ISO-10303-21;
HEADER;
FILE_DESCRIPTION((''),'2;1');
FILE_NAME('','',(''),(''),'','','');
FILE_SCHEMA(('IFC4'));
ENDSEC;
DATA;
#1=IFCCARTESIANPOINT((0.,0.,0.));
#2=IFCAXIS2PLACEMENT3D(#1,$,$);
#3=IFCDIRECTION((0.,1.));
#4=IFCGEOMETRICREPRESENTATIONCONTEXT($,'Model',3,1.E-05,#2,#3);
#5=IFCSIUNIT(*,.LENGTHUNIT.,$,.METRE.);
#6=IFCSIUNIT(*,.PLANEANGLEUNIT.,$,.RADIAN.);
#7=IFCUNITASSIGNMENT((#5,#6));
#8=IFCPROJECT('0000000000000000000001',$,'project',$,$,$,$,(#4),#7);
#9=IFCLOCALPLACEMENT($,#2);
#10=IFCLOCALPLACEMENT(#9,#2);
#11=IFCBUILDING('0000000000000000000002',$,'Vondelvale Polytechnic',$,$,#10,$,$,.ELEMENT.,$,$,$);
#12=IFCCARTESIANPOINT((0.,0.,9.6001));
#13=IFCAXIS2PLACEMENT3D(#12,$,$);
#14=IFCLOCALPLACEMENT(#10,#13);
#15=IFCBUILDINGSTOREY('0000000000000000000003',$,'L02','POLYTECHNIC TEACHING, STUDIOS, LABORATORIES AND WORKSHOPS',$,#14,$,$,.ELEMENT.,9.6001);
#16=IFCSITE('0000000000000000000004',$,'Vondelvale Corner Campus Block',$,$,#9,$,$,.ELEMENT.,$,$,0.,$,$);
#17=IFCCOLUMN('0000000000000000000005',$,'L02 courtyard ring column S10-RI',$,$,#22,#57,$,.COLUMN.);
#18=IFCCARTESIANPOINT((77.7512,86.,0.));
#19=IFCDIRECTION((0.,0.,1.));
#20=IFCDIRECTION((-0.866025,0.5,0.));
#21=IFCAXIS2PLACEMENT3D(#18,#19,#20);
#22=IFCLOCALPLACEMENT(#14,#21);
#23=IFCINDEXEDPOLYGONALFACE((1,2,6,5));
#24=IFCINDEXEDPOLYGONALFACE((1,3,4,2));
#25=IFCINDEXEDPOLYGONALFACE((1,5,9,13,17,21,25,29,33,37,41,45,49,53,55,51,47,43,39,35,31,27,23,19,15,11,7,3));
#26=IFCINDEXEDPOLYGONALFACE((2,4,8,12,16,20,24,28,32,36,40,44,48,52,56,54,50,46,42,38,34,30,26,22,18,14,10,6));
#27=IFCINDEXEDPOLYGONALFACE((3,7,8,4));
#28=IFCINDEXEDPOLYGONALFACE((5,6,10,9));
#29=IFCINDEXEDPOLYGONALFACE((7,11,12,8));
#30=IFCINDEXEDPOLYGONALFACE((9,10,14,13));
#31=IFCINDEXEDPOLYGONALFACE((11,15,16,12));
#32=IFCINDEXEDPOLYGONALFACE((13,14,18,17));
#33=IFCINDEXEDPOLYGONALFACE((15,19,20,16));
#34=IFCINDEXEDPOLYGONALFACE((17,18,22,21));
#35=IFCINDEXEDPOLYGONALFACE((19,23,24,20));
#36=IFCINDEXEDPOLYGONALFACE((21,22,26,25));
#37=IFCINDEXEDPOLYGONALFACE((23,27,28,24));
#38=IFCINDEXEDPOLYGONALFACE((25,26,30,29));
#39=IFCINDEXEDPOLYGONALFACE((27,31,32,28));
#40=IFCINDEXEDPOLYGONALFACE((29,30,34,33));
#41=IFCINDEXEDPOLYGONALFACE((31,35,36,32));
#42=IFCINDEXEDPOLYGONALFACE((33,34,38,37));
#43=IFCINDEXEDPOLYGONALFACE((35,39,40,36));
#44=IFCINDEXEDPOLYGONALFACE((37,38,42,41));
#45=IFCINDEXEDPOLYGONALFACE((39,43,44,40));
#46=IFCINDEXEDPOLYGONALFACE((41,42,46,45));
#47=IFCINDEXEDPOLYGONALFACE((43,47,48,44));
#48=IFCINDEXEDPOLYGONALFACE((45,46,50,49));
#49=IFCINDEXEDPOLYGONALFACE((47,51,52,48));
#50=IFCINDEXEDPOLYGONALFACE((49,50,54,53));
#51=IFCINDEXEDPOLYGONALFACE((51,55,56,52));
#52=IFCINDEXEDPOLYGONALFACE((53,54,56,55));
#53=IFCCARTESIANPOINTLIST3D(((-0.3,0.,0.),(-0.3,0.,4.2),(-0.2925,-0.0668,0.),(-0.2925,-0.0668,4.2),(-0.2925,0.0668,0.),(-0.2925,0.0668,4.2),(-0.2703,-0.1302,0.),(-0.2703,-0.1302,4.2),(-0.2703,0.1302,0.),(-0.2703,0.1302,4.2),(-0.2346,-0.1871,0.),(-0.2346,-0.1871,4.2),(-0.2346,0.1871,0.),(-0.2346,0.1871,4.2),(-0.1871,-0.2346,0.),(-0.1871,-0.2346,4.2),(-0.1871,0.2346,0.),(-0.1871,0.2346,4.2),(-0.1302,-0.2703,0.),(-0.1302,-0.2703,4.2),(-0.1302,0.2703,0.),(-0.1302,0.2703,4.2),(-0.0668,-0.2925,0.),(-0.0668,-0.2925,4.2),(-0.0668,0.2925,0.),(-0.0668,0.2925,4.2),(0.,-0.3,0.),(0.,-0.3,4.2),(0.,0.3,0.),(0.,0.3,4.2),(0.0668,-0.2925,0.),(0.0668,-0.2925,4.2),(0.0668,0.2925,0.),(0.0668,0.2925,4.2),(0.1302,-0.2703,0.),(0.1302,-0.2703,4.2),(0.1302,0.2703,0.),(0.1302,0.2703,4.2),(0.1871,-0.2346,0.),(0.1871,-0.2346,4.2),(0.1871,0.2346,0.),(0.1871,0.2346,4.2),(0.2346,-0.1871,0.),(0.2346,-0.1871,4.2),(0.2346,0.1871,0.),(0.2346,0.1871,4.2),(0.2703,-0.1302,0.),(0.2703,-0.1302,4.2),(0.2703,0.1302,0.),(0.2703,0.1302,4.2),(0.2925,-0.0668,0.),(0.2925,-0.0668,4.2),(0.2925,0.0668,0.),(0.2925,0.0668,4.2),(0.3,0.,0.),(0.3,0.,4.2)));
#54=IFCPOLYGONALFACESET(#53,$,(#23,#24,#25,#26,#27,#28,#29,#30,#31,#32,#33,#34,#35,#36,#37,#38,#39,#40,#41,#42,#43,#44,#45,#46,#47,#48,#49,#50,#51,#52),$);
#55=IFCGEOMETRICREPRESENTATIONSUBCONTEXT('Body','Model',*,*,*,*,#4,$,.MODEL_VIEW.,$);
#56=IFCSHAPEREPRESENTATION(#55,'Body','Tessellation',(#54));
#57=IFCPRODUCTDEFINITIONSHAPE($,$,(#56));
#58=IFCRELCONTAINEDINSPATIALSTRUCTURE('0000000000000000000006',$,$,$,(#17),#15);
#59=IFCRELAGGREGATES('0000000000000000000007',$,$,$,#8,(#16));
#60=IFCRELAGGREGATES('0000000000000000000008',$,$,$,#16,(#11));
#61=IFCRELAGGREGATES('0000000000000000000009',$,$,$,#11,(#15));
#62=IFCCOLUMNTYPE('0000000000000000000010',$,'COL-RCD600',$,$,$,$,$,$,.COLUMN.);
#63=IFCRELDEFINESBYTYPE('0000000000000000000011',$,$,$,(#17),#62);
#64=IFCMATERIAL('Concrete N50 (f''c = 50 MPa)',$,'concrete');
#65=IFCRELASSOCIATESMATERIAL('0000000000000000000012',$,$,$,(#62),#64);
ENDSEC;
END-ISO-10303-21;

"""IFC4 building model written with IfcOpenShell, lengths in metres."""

from ifc_helpers import new_model, si_unit, direction, frame, origin, origin_2d, place, context, subcontext, project, spatial, circle, extrude, material, material_profile, profile_set, type_object, element, save


model = new_model("IFC4")

# Units and contexts
model_context = context("Model", 3, precision=1e-05, world=origin(), true_north=direction((0.0, 1.0)))
body_context = subcontext(model_context, "Body", "Model", "MODEL_VIEW")
ifc_project = project(units=[si_unit("LENGTHUNIT", "METRE"), si_unit("PLANEANGLEUNIT", "RADIAN")], contexts=[model_context])

# Site, building, storey
site_placement = place(None, origin())
site = spatial("IfcSite", under=ifc_project, at=site_placement, Name="Vondelvale Corner Campus Block", CompositionType="ELEMENT", RefElevation=0.0)
building_placement = place(site_placement, origin())
building = spatial("IfcBuilding", under=site, at=building_placement, Name="Vondelvale Polytechnic", CompositionType="ELEMENT")
storey_placement = place(building_placement, frame((0.0, 0.0, 9.6001)))
storey = spatial("IfcBuildingStorey", under=building, at=storey_placement, Name="L02", Description="POLYTECHNIC TEACHING, STUDIOS, LABORATORIES AND WORKSHOPS", CompositionType="ELEMENT", Elevation=9.6001)

# Column
ifc_material_1 = material(Name="Concrete N50 (f'c = 50 MPa)", Category="concrete")
ifc_material_profile_1 = material_profile(ifc_material_1, circle(Radius=0.3, at=origin_2d()), Name="RC-COL-D600")
ifc_profile_set_1 = profile_set([ifc_material_profile_1], Name="Concrete N50 (f'c = 50 MPa)")
column_type = type_object("IfcColumnType", Name="COL-RCD600", PredefinedType="COLUMN", material=ifc_profile_set_1)
column_placement = place(storey_placement, frame((77.7512, 86.0, 0.0), z_axis=(0.0, 0.0, 1.0), x_axis=(-0.866025, 0.5, 0.0)))
element("IfcColumn", 1, at=column_placement, inside=storey, type_object=column_type, Name="L02 courtyard ring column S10-RI", PredefinedType="COLUMN", context=body_context, shape_type="SweptSolid", body=[
    extrude(circle(Radius=0.3, at=origin_2d()), origin(), (0.0, 0.0, 1.0), 4.2),
])

save(model, "model.ifc")
